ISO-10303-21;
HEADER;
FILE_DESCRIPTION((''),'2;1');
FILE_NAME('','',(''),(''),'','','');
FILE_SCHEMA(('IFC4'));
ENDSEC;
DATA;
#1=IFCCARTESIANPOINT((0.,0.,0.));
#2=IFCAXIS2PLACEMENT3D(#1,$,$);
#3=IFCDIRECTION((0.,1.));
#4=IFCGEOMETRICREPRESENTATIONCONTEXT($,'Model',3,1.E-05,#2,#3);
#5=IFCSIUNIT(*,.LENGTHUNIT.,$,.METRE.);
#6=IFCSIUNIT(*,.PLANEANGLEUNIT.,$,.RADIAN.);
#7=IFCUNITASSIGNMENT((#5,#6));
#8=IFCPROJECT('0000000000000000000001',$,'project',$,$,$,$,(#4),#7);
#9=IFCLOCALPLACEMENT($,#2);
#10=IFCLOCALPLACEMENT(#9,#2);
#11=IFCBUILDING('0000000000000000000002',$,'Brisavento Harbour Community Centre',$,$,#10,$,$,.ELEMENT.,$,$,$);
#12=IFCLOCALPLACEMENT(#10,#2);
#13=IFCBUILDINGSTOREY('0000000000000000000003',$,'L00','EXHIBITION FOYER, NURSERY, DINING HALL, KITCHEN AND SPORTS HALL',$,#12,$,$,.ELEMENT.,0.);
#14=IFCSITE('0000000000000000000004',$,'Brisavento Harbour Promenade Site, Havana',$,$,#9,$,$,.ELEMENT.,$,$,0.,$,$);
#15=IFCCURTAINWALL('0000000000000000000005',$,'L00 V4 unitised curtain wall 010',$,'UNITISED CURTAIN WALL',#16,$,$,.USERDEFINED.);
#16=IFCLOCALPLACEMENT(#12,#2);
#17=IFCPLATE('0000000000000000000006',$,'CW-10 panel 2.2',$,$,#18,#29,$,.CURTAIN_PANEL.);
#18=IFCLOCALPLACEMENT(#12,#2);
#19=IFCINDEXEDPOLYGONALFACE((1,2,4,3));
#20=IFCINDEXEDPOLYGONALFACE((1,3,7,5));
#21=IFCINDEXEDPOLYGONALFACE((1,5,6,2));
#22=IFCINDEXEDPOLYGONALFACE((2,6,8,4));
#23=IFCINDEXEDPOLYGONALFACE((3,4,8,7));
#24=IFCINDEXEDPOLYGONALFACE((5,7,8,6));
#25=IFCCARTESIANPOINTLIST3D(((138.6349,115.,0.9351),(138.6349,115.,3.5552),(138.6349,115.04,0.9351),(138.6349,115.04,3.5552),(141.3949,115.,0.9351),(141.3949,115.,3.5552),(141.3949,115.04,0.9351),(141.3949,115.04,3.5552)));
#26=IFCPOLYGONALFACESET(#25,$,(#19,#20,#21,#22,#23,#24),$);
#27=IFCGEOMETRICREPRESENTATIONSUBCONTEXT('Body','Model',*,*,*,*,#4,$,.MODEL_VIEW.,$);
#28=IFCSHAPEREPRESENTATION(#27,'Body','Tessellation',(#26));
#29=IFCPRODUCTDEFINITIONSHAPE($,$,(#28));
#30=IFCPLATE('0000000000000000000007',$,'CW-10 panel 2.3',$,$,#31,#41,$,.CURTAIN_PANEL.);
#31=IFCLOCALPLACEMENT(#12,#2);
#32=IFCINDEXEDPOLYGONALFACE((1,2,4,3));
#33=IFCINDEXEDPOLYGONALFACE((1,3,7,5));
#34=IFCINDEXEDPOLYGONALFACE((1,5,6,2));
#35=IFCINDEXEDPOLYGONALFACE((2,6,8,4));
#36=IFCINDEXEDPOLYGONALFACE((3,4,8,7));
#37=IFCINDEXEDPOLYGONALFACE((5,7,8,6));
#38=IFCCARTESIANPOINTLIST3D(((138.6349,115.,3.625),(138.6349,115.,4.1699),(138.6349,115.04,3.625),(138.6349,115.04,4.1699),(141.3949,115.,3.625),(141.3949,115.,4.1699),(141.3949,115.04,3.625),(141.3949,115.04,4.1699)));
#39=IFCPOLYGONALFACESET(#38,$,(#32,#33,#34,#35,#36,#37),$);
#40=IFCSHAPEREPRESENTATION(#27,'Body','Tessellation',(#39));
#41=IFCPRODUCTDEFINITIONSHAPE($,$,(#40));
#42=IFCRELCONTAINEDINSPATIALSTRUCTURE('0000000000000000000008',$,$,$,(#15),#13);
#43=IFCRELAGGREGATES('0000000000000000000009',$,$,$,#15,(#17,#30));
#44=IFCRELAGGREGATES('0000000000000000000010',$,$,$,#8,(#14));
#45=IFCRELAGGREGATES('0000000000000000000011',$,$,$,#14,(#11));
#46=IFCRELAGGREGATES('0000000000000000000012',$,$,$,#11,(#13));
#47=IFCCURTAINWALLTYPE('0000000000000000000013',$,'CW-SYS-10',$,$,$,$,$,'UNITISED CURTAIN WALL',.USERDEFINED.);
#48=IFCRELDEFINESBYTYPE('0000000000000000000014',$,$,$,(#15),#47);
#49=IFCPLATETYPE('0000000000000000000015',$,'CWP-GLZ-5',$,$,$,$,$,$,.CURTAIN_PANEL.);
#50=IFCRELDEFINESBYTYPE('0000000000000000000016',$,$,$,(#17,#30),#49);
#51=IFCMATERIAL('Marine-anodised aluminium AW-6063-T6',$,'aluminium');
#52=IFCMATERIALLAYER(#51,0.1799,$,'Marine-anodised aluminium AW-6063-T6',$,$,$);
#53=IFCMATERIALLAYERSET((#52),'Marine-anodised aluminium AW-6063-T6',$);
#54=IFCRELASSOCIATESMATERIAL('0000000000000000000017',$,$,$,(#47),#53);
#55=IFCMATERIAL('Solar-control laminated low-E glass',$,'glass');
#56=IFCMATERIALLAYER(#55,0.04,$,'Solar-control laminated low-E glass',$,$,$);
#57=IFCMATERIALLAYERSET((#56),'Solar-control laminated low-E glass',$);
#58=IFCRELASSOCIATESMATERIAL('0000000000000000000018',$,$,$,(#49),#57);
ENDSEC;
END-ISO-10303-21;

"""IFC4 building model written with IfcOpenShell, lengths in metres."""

from ifc_helpers import new_model, si_unit, direction, frame, origin, origin_2d, place, context, subcontext, project, spatial, rectangle, extrude, material, layer, layer_set, type_object, element, aggregate, save


model = new_model("IFC4")

# Units and contexts
model_context = context("Model", 3, precision=1e-05, world=origin(), true_north=direction((0.0, 1.0)))
body_context = subcontext(model_context, "Body", "Model", "MODEL_VIEW")
ifc_project = project(units=[si_unit("LENGTHUNIT", "METRE"), si_unit("PLANEANGLEUNIT", "RADIAN")], contexts=[model_context])

# Site, building, storey
site_placement = place(None, origin())
site = spatial("IfcSite", under=ifc_project, at=site_placement, Name="Brisavento Harbour Promenade Site, Havana", CompositionType="ELEMENT", RefElevation=0.0)
building_placement = place(site_placement, origin())
building = spatial("IfcBuilding", under=site, at=building_placement, Name="Brisavento Harbour Community Centre", CompositionType="ELEMENT")
storey_placement = place(building_placement, origin())
storey = spatial("IfcBuildingStorey", under=building, at=storey_placement, Name="L00", Description="EXHIBITION FOYER, NURSERY, DINING HALL, KITCHEN AND SPORTS HALL", CompositionType="ELEMENT", Elevation=0.0)

# Shared definitions
ifc_material_1 = material(Name="Marine-anodised aluminium AW-6063-T6", Category="aluminium")

# Curtain wall
ifc_layer_1 = layer(ifc_material_1, 0.1799, Name="Marine-anodised aluminium AW-6063-T6")
ifc_layer_set_1 = layer_set([ifc_layer_1], Name="Marine-anodised aluminium AW-6063-T6")
curtain_wall_type_1 = type_object("IfcCurtainWallType", Name="CW-SYS-10", ElementType="UNITISED CURTAIN WALL", PredefinedType="USERDEFINED", material=ifc_layer_set_1)
curtain_wall_1_placement = place(storey_placement, origin())
curtain_wall_1 = element("IfcCurtainWall", 1, at=curtain_wall_1_placement, inside=storey, type_object=curtain_wall_type_1, Name="L00 V4 unitised curtain wall 010", ObjectType="UNITISED CURTAIN WALL", PredefinedType="USERDEFINED")

# Plates
ifc_material_2 = material(Name="Solar-control laminated low-E glass", Category="glass")
ifc_layer_2 = layer(ifc_material_2, 0.04, Name="Solar-control laminated low-E glass")
ifc_layer_set_2 = layer_set([ifc_layer_2], Name="Solar-control laminated low-E glass")
plate_type_1 = type_object("IfcPlateType", Name="CWP-GLZ-5", PredefinedType="CURTAIN_PANEL", material=ifc_layer_set_2)
plate_1_placement = place(storey_placement, frame((140.0149, 115.02, 0.9351), z_axis=(0.0, 0.0, 1.0), x_axis=(1.0, 0.0, 0.0)))
plate_1 = element("IfcPlate", 2, at=plate_1_placement, type_object=plate_type_1, Name="CW-10 panel 2.2", PredefinedType="CURTAIN_PANEL", context=body_context, shape_type="SweptSolid", body=[
    extrude(rectangle(XDim=2.76, YDim=0.04, at=origin_2d()), origin(), (0.0, 0.0, 1.0), 2.6201),
])
plate_2_placement = place(storey_placement, frame((140.0149, 115.02, 3.625), z_axis=(0.0, 0.0, 1.0), x_axis=(1.0, 0.0, 0.0)))
plate_2 = element("IfcPlate", 3, at=plate_2_placement, type_object=plate_type_1, Name="CW-10 panel 2.3", PredefinedType="CURTAIN_PANEL", context=body_context, shape_type="SweptSolid", body=[
    extrude(rectangle(XDim=2.76, YDim=0.04, at=origin_2d()), origin(), (0.0, 0.0, 1.0), 0.5449),
])
aggregate(curtain_wall_1, [plate_1, plate_2])

save(model, "model.ifc")
